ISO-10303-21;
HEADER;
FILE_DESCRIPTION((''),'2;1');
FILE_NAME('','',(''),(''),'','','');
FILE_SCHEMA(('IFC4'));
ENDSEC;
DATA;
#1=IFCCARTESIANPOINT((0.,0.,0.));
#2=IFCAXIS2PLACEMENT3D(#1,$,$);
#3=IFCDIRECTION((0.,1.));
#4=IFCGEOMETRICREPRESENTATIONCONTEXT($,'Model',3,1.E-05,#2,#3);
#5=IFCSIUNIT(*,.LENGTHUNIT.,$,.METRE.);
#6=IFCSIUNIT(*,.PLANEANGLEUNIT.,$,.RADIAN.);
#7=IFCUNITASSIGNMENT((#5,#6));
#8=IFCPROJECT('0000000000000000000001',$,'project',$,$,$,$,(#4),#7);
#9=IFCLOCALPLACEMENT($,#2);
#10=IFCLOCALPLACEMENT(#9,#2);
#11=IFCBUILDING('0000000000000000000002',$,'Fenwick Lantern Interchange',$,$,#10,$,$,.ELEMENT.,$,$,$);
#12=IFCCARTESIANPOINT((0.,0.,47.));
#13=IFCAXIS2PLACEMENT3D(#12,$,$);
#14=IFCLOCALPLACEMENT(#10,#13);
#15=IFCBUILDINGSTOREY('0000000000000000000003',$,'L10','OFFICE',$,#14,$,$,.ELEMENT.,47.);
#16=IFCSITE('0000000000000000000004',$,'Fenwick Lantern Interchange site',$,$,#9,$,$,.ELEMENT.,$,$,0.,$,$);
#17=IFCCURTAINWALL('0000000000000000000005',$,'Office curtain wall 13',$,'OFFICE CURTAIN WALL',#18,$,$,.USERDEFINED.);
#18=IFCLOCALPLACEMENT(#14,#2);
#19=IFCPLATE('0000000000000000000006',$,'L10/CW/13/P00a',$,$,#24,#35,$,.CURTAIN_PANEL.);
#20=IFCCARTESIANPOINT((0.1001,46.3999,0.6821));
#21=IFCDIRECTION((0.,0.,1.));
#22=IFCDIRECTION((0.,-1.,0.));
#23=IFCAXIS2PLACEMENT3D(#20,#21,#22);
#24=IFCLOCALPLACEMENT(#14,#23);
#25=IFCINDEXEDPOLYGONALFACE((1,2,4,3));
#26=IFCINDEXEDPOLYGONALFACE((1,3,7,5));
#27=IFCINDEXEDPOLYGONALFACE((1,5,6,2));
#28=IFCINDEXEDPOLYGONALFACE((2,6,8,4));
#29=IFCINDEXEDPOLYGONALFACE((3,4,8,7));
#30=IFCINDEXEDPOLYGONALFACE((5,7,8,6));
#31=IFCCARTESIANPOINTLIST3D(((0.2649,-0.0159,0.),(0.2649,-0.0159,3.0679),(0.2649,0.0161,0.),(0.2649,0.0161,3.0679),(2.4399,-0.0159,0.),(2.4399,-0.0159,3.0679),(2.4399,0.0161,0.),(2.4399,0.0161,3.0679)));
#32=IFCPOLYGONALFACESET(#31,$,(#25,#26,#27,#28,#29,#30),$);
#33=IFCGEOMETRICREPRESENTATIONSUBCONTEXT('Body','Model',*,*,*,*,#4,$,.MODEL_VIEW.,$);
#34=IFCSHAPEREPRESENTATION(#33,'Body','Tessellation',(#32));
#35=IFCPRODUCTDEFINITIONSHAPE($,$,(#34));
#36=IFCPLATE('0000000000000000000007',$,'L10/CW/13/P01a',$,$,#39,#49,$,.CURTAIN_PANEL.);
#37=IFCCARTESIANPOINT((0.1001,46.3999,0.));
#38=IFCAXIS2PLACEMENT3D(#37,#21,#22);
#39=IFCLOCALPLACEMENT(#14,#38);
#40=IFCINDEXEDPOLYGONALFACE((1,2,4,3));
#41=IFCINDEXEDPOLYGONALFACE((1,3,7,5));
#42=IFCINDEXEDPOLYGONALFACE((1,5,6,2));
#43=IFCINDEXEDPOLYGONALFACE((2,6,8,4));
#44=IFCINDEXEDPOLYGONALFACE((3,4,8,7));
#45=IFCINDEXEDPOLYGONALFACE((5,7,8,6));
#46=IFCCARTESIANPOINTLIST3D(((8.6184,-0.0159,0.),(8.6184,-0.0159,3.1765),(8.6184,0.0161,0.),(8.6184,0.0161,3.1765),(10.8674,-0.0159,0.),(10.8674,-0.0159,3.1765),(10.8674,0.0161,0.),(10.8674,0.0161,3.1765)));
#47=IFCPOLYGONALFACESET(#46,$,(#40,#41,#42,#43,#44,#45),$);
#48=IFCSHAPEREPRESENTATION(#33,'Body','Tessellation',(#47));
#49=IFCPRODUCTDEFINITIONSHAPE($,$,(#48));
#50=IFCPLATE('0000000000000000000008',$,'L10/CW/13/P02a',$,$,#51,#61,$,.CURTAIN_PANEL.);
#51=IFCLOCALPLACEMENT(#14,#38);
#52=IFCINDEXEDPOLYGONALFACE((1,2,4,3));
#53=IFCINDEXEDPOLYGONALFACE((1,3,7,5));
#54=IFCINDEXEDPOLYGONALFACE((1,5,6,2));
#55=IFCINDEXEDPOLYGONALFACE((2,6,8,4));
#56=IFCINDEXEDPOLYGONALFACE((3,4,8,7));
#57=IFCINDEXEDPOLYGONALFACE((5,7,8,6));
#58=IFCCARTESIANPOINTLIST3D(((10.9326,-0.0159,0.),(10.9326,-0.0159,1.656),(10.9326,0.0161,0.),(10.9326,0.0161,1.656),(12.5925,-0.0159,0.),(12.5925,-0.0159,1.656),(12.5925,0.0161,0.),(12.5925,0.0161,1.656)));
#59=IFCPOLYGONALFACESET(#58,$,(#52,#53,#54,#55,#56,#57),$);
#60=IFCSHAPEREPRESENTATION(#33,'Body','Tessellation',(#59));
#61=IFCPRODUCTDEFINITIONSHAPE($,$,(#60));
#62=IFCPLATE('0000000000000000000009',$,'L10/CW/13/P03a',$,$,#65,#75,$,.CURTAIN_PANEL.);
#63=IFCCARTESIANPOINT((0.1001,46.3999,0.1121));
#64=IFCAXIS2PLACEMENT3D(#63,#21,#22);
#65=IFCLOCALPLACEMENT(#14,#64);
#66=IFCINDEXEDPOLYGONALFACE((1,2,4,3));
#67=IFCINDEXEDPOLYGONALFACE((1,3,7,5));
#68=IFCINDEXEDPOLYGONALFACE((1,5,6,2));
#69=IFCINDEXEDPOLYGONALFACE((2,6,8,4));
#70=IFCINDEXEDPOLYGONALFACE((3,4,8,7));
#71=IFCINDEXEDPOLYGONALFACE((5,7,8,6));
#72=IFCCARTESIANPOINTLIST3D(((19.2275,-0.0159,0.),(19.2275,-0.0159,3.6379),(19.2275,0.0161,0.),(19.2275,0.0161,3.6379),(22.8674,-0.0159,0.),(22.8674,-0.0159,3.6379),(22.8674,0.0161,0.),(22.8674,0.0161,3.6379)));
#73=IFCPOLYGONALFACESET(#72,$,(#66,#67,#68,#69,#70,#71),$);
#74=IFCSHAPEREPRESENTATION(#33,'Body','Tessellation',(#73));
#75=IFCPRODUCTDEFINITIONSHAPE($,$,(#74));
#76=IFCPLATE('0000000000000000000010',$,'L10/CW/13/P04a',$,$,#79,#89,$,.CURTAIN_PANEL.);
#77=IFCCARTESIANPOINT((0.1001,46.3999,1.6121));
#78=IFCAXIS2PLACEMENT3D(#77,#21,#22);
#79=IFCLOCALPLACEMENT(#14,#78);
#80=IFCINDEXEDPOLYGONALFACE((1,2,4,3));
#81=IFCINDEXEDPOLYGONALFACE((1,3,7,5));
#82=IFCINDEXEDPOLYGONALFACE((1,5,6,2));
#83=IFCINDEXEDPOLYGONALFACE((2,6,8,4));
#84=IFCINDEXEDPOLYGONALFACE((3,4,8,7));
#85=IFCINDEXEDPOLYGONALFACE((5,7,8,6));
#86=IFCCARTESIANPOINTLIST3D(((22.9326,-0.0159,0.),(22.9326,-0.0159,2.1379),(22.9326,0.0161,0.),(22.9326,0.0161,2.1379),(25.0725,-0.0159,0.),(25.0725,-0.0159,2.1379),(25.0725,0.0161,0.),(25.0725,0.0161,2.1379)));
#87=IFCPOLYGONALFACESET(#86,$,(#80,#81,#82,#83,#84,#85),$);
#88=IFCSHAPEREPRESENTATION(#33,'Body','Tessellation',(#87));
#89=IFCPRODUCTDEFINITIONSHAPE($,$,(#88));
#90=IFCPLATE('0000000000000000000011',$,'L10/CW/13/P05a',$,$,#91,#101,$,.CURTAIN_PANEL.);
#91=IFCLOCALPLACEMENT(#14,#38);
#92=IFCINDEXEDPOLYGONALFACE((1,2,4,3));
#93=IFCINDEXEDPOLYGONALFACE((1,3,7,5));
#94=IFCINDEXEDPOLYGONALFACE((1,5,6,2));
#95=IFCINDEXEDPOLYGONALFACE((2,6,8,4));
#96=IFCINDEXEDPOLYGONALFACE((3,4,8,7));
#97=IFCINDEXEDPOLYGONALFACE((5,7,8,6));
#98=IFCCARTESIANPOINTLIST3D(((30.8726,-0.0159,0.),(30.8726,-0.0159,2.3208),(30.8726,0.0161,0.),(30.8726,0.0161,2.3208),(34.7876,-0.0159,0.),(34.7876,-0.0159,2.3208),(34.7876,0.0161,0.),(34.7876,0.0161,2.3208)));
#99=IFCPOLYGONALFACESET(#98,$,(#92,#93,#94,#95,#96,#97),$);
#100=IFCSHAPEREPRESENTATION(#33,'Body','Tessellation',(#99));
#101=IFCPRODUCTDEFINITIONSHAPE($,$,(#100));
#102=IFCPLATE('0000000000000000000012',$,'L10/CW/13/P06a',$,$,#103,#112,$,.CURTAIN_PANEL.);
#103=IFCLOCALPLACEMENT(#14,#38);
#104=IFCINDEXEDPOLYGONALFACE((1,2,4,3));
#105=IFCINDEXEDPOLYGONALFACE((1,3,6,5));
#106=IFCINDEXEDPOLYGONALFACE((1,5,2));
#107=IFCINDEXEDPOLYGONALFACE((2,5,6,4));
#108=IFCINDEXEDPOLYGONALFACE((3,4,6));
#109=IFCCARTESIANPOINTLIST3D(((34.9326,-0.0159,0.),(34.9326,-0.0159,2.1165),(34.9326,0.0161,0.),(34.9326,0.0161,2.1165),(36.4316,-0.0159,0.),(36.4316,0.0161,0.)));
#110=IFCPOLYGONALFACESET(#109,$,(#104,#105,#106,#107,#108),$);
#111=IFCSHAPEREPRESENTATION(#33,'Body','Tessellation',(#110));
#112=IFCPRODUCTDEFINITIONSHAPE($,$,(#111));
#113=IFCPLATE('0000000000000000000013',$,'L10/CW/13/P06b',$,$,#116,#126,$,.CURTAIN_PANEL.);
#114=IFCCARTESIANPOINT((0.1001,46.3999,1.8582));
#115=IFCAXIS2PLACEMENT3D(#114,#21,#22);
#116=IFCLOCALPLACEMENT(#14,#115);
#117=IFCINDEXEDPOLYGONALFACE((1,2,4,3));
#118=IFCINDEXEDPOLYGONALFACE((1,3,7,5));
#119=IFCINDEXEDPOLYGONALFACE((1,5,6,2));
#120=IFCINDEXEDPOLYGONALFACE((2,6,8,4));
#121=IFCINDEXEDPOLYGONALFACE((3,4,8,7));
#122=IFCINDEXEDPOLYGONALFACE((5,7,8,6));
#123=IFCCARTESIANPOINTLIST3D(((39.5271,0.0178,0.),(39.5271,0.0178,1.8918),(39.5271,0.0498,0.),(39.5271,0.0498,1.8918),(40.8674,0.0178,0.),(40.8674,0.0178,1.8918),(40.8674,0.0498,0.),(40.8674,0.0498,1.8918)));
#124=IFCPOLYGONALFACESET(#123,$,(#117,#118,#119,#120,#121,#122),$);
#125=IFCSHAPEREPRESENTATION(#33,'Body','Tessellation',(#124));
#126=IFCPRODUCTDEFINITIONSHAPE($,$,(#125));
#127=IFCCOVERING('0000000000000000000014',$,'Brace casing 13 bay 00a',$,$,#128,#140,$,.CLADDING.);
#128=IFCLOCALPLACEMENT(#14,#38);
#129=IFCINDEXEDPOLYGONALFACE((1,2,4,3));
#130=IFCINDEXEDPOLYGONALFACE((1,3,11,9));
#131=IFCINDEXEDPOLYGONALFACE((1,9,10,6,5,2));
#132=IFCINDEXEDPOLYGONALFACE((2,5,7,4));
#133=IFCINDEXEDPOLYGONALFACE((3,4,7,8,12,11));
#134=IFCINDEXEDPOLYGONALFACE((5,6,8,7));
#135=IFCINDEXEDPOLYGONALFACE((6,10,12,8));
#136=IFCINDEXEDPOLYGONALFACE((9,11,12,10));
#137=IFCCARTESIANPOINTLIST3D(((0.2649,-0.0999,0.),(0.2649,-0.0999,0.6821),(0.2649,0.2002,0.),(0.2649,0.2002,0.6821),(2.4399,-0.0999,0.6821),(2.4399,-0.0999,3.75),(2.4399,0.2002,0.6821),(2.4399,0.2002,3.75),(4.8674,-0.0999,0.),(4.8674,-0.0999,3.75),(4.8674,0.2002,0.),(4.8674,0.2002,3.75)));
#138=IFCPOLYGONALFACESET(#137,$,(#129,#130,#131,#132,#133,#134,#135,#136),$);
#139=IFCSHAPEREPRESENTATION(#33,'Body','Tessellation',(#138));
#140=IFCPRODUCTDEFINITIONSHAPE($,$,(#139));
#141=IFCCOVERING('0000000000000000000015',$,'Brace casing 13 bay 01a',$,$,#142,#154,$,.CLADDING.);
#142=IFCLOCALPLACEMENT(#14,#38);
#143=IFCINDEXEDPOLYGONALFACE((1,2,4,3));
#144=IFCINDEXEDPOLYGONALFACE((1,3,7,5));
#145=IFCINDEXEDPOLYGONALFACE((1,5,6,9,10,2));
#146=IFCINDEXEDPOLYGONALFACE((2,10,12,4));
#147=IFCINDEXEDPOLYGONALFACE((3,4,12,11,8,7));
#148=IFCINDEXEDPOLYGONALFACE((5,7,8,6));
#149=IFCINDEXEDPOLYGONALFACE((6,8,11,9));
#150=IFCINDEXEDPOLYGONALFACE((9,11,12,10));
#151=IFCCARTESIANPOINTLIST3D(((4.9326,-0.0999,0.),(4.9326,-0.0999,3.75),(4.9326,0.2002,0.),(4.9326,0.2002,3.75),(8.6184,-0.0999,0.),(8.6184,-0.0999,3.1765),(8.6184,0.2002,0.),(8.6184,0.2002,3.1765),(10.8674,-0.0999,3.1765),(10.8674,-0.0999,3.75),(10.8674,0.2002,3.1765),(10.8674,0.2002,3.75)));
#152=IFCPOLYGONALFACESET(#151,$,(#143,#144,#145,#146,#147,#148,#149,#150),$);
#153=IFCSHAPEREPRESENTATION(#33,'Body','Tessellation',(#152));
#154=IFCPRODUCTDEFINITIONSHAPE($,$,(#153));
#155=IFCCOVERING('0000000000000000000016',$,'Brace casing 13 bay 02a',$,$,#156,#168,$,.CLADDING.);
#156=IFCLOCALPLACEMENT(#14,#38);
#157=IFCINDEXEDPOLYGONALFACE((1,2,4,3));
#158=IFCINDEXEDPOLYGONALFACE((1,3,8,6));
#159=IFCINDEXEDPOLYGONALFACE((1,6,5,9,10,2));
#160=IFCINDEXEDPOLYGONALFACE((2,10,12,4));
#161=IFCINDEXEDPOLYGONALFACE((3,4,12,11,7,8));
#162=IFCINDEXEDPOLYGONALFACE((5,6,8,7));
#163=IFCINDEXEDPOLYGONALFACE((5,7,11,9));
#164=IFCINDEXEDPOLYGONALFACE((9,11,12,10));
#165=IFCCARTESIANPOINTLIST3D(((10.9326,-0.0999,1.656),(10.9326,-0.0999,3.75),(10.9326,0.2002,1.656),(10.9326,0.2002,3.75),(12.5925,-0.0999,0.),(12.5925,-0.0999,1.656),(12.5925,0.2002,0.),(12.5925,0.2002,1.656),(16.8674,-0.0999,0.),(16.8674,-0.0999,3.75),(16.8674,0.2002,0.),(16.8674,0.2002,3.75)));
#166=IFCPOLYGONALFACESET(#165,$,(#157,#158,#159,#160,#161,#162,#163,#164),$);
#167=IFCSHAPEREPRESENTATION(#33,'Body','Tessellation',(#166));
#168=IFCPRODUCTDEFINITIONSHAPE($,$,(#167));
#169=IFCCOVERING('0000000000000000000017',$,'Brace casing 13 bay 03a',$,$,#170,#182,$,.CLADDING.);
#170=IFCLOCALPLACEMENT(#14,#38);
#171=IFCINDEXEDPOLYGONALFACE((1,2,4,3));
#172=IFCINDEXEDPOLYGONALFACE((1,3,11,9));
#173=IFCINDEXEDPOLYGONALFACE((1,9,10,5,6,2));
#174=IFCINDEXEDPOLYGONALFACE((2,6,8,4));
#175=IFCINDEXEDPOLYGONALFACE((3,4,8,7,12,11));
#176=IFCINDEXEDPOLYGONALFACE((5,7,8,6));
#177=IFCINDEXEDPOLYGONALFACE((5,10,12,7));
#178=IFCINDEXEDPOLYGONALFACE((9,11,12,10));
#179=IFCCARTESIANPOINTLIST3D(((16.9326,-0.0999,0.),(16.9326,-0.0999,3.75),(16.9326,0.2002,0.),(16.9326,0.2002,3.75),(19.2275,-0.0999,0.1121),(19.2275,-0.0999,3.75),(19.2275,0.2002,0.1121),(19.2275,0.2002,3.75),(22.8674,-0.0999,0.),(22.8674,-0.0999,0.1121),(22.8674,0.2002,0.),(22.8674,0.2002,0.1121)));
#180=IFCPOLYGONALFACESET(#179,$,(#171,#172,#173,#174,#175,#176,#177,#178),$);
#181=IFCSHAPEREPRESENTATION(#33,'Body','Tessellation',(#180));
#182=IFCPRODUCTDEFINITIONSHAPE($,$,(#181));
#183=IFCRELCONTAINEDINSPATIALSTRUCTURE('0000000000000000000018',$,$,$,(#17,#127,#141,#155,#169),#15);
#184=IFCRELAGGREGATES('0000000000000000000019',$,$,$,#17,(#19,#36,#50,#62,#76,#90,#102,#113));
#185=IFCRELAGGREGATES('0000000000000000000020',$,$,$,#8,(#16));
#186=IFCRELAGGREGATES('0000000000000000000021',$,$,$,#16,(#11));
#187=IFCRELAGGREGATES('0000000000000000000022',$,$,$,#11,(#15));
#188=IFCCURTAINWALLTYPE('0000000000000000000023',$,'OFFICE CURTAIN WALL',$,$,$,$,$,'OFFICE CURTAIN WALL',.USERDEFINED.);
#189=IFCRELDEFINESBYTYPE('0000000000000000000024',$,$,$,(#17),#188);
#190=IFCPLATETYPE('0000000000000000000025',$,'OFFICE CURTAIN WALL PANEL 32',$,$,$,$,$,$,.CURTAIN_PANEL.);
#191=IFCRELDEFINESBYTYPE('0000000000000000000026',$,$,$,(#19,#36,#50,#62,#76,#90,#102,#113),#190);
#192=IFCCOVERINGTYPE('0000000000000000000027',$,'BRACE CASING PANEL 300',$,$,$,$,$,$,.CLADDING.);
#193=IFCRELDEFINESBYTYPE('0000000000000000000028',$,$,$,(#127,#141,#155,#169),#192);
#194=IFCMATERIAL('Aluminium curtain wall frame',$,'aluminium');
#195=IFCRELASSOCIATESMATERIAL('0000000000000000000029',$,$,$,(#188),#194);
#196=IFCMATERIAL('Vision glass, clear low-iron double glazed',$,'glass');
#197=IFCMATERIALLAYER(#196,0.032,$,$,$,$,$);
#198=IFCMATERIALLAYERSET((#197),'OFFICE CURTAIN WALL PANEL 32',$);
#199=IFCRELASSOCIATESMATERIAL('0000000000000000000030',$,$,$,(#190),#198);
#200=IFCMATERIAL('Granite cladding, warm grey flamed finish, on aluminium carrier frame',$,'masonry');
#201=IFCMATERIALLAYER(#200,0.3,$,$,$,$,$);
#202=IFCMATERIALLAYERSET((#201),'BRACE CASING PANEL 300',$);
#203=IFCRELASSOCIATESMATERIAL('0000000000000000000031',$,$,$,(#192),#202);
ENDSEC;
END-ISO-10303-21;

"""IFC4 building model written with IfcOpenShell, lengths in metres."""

from ifc_helpers import new_model, si_unit, direction, frame, origin, place, context, subcontext, project, spatial, polyline, outline, extrude, material, layer, layer_set, type_object, element, aggregate, save


model = new_model("IFC4")

# Units and contexts
model_context = context("Model", 3, precision=1e-05, world=origin(), true_north=direction((0.0, 1.0)))
body_context = subcontext(model_context, "Body", "Model", "MODEL_VIEW")
ifc_project = project(units=[si_unit("LENGTHUNIT", "METRE"), si_unit("PLANEANGLEUNIT", "RADIAN")], contexts=[model_context])

# Site, building, storey
site_placement = place(None, origin())
site = spatial("IfcSite", under=ifc_project, at=site_placement, Name="Fenwick Lantern Interchange site", CompositionType="ELEMENT", RefElevation=0.0)
building_placement = place(site_placement, origin())
building = spatial("IfcBuilding", under=site, at=building_placement, Name="Fenwick Lantern Interchange", CompositionType="ELEMENT")
storey_placement = place(building_placement, frame((0.0, 0.0, 47.0)))
storey = spatial("IfcBuildingStorey", under=building, at=storey_placement, Name="L10", Description="OFFICE", CompositionType="ELEMENT", Elevation=47.0)

# Shared definitions
ifc_material_1 = material(Name="Aluminium curtain wall frame", Category="aluminium")
curtain_wall_type = type_object("IfcCurtainWallType", Name="OFFICE CURTAIN WALL", ElementType="OFFICE CURTAIN WALL", PredefinedType="USERDEFINED", material=ifc_material_1)

# Curtain wall
curtain_wall_1_placement = place(storey_placement, origin())
curtain_wall_1 = element("IfcCurtainWall", 1, at=curtain_wall_1_placement, inside=storey, type_object=curtain_wall_type, Name="Office curtain wall 13", ObjectType="OFFICE CURTAIN WALL", PredefinedType="USERDEFINED")

# Plates
ifc_material_2 = material(Name="Vision glass, clear low-iron double glazed", Category="glass")
ifc_layer_1 = layer(ifc_material_2, 0.032)
ifc_layer_set_1 = layer_set([ifc_layer_1], Name="OFFICE CURTAIN WALL PANEL 32")
plate_type = type_object("IfcPlateType", Name="OFFICE CURTAIN WALL PANEL 32", PredefinedType="CURTAIN_PANEL", material=ifc_layer_set_1)
plate_1_placement = place(storey_placement, frame((0.1001, 46.3999, 0.6821), z_axis=(0.0, 0.0, 1.0), x_axis=(0.0, -1.0, 0.0)))
plate_1 = element("IfcPlate", 2, at=plate_1_placement, type_object=plate_type, Name="L10/CW/13/P00a", PredefinedType="CURTAIN_PANEL", context=body_context, shape_type="SweptSolid", body=[
    extrude(outline(polyline([(0.2649, 0.0), (2.4399, 0.0), (2.4399, 3.0679), (0.2649, 3.0679), (0.2649, 0.0)])), frame((0.0, 0.0161, 0.0), z_axis=(0.0, -1.0, 0.0), x_axis=(1.0, 0.0, 0.0)), (0.0, 0.0, 1.0), 0.032),
])
plate_2_placement = place(storey_placement, frame((0.1001, 46.3999, 0.0), z_axis=(0.0, 0.0, 1.0), x_axis=(0.0, -1.0, 0.0)))
plate_2 = element("IfcPlate", 3, at=plate_2_placement, type_object=plate_type, Name="L10/CW/13/P01a", PredefinedType="CURTAIN_PANEL", context=body_context, shape_type="SweptSolid", body=[
    extrude(outline(polyline([(8.6184, 0.0), (10.8674, 0.0), (10.8674, 3.1765), (8.6184, 3.1765), (8.6184, 0.0)])), frame((0.0, 0.0161, 0.0), z_axis=(0.0, -1.0, 0.0), x_axis=(1.0, 0.0, 0.0)), (0.0, 0.0, 1.0), 0.032),
])
plate_3_placement = place(storey_placement, frame((0.1001, 46.3999, 0.0), z_axis=(0.0, 0.0, 1.0), x_axis=(0.0, -1.0, 0.0)))
plate_3 = element("IfcPlate", 4, at=plate_3_placement, type_object=plate_type, Name="L10/CW/13/P02a", PredefinedType="CURTAIN_PANEL", context=body_context, shape_type="SweptSolid", body=[
    extrude(outline(polyline([(10.9326, 0.0), (12.5925, 0.0), (12.5925, 1.656), (10.9326, 1.656), (10.9326, 0.0)])), frame((0.0, 0.0161, 0.0), z_axis=(0.0, -1.0, 0.0), x_axis=(1.0, 0.0, 0.0)), (0.0, 0.0, 1.0), 0.032),
])
plate_4_placement = place(storey_placement, frame((0.1001, 46.3999, 0.1121), z_axis=(0.0, 0.0, 1.0), x_axis=(0.0, -1.0, 0.0)))
plate_4 = element("IfcPlate", 5, at=plate_4_placement, type_object=plate_type, Name="L10/CW/13/P03a", PredefinedType="CURTAIN_PANEL", context=body_context, shape_type="SweptSolid", body=[
    extrude(outline(polyline([(19.2275, 0.0), (22.8674, 0.0), (22.8674, 3.6379), (19.2275, 3.6379), (19.2275, 0.0)])), frame((0.0, 0.0161, 0.0), z_axis=(0.0, -1.0, 0.0), x_axis=(1.0, 0.0, 0.0)), (0.0, 0.0, 1.0), 0.032),
])
plate_5_placement = place(storey_placement, frame((0.1001, 46.3999, 1.6121), z_axis=(0.0, 0.0, 1.0), x_axis=(0.0, -1.0, 0.0)))
plate_5 = element("IfcPlate", 6, at=plate_5_placement, type_object=plate_type, Name="L10/CW/13/P04a", PredefinedType="CURTAIN_PANEL", context=body_context, shape_type="SweptSolid", body=[
    extrude(outline(polyline([(22.9326, 0.0), (25.0725, 0.0), (25.0725, 2.1379), (22.9326, 2.1379), (22.9326, 0.0)])), frame((0.0, 0.0161, 0.0), z_axis=(0.0, -1.0, 0.0), x_axis=(1.0, 0.0, 0.0)), (0.0, 0.0, 1.0), 0.032),
])
plate_6_placement = place(storey_placement, frame((0.1001, 46.3999, 0.0), z_axis=(0.0, 0.0, 1.0), x_axis=(0.0, -1.0, 0.0)))
plate_6 = element("IfcPlate", 7, at=plate_6_placement, type_object=plate_type, Name="L10/CW/13/P05a", PredefinedType="CURTAIN_PANEL", context=body_context, shape_type="SweptSolid", body=[
    extrude(outline(polyline([(30.8726, 0.0), (34.7876, 0.0), (34.7876, 2.3208), (30.8726, 2.3208), (30.8726, 0.0)])), frame((0.0, 0.0161, 0.0), z_axis=(0.0, -1.0, 0.0), x_axis=(1.0, 0.0, 0.0)), (0.0, 0.0, 1.0), 0.032),
])
plate_7_placement = place(storey_placement, frame((0.1001, 46.3999, 0.0), z_axis=(0.0, 0.0, 1.0), x_axis=(0.0, -1.0, 0.0)))
plate_7 = element("IfcPlate", 8, at=plate_7_placement, type_object=plate_type, Name="L10/CW/13/P06a", PredefinedType="CURTAIN_PANEL", context=body_context, shape_type="SweptSolid", body=[
    extrude(outline(polyline([(34.9326, 0.0), (36.4316, 0.0), (34.9326, 2.1165), (34.9326, 0.0)])), frame((0.0, 0.0161, 0.0), z_axis=(0.0, -1.0, 0.0), x_axis=(1.0, 0.0, 0.0)), (0.0, 0.0, 1.0), 0.032),
])
plate_8_placement = place(storey_placement, frame((0.1001, 46.3999, 1.8582), z_axis=(0.0, 0.0, 1.0), x_axis=(0.0, -1.0, 0.0)))
plate_8 = element("IfcPlate", 9, at=plate_8_placement, type_object=plate_type, Name="L10/CW/13/P06b", PredefinedType="CURTAIN_PANEL", context=body_context, shape_type="SweptSolid", body=[
    extrude(outline(polyline([(39.5271, 0.0), (40.8674, 0.0), (40.8674, 1.8918), (39.5271, 1.8918), (39.5271, 0.0)])), frame((0.0, 0.0498, 0.0), z_axis=(0.0, -1.0, 0.0), x_axis=(1.0, 0.0, 0.0)), (0.0, 0.0, 1.0), 0.032),
])
aggregate(curtain_wall_1, [plate_1, plate_2, plate_3, plate_4, plate_5, plate_6, plate_7, plate_8])

# Coverings
ifc_material_3 = material(Name="Granite cladding, warm grey flamed finish, on aluminium carrier frame", Category="masonry")
ifc_layer_2 = layer(ifc_material_3, 0.3)
ifc_layer_set_2 = layer_set([ifc_layer_2], Name="BRACE CASING PANEL 300")
covering_type = type_object("IfcCoveringType", Name="BRACE CASING PANEL 300", PredefinedType="CLADDING", material=ifc_layer_set_2)
covering_1_placement = place(storey_placement, frame((0.1001, 46.3999, 0.0), z_axis=(0.0, 0.0, 1.0), x_axis=(0.0, -1.0, 0.0)))
element("IfcCovering", 10, at=covering_1_placement, inside=storey, type_object=covering_type, Name="Brace casing 13 bay 00a", PredefinedType="CLADDING", context=body_context, shape_type="SweptSolid", body=[
    extrude(outline(polyline([(0.2649, 0.0), (4.8674, 0.0), (4.8674, 3.75), (2.4399, 3.75), (2.4399, 0.6821), (0.2649, 0.6821), (0.2649, 0.0)])), frame((0.0, 0.2002, 0.0), z_axis=(0.0, -1.0, 0.0), x_axis=(1.0, 0.0, 0.0)), (0.0, 0.0, 1.0), 0.3),
])
covering_2_placement = place(storey_placement, frame((0.1001, 46.3999, 0.0), z_axis=(0.0, 0.0, 1.0), x_axis=(0.0, -1.0, 0.0)))
element("IfcCovering", 11, at=covering_2_placement, inside=storey, type_object=covering_type, Name="Brace casing 13 bay 01a", PredefinedType="CLADDING", context=body_context, shape_type="SweptSolid", body=[
    extrude(outline(polyline([(4.9326, 0.0), (8.6184, 0.0), (8.6184, 3.1765), (10.8674, 3.1765), (10.8674, 3.75), (4.9326, 3.75), (4.9326, 0.0)])), frame((0.0, 0.2002, 0.0), z_axis=(0.0, -1.0, 0.0), x_axis=(1.0, 0.0, 0.0)), (0.0, 0.0, 1.0), 0.3),
])
covering_3_placement = place(storey_placement, frame((0.1001, 46.3999, 0.0), z_axis=(0.0, 0.0, 1.0), x_axis=(0.0, -1.0, 0.0)))
element("IfcCovering", 12, at=covering_3_placement, inside=storey, type_object=covering_type, Name="Brace casing 13 bay 02a", PredefinedType="CLADDING", context=body_context, shape_type="SweptSolid", body=[
    extrude(outline(polyline([(12.5925, 0.0), (16.8674, 0.0), (16.8674, 3.75), (10.9326, 3.75), (10.9326, 1.656), (12.5925, 1.656), (12.5925, 0.0)])), frame((0.0, 0.2002, 0.0), z_axis=(0.0, -1.0, 0.0), x_axis=(1.0, 0.0, 0.0)), (0.0, 0.0, 1.0), 0.3),
])
covering_4_placement = place(storey_placement, frame((0.1001, 46.3999, 0.0), z_axis=(0.0, 0.0, 1.0), x_axis=(0.0, -1.0, 0.0)))
element("IfcCovering", 13, at=covering_4_placement, inside=storey, type_object=covering_type, Name="Brace casing 13 bay 03a", PredefinedType="CLADDING", context=body_context, shape_type="SweptSolid", body=[
    extrude(outline(polyline([(16.9326, 0.0), (22.8674, 0.0), (22.8674, 0.1121), (19.2275, 0.1121), (19.2275, 3.75), (16.9326, 3.75), (16.9326, 0.0)])), frame((0.0, 0.2002, 0.0), z_axis=(0.0, -1.0, 0.0), x_axis=(1.0, 0.0, 0.0)), (0.0, 0.0, 1.0), 0.3),
])

save(model, "model.ifc")
